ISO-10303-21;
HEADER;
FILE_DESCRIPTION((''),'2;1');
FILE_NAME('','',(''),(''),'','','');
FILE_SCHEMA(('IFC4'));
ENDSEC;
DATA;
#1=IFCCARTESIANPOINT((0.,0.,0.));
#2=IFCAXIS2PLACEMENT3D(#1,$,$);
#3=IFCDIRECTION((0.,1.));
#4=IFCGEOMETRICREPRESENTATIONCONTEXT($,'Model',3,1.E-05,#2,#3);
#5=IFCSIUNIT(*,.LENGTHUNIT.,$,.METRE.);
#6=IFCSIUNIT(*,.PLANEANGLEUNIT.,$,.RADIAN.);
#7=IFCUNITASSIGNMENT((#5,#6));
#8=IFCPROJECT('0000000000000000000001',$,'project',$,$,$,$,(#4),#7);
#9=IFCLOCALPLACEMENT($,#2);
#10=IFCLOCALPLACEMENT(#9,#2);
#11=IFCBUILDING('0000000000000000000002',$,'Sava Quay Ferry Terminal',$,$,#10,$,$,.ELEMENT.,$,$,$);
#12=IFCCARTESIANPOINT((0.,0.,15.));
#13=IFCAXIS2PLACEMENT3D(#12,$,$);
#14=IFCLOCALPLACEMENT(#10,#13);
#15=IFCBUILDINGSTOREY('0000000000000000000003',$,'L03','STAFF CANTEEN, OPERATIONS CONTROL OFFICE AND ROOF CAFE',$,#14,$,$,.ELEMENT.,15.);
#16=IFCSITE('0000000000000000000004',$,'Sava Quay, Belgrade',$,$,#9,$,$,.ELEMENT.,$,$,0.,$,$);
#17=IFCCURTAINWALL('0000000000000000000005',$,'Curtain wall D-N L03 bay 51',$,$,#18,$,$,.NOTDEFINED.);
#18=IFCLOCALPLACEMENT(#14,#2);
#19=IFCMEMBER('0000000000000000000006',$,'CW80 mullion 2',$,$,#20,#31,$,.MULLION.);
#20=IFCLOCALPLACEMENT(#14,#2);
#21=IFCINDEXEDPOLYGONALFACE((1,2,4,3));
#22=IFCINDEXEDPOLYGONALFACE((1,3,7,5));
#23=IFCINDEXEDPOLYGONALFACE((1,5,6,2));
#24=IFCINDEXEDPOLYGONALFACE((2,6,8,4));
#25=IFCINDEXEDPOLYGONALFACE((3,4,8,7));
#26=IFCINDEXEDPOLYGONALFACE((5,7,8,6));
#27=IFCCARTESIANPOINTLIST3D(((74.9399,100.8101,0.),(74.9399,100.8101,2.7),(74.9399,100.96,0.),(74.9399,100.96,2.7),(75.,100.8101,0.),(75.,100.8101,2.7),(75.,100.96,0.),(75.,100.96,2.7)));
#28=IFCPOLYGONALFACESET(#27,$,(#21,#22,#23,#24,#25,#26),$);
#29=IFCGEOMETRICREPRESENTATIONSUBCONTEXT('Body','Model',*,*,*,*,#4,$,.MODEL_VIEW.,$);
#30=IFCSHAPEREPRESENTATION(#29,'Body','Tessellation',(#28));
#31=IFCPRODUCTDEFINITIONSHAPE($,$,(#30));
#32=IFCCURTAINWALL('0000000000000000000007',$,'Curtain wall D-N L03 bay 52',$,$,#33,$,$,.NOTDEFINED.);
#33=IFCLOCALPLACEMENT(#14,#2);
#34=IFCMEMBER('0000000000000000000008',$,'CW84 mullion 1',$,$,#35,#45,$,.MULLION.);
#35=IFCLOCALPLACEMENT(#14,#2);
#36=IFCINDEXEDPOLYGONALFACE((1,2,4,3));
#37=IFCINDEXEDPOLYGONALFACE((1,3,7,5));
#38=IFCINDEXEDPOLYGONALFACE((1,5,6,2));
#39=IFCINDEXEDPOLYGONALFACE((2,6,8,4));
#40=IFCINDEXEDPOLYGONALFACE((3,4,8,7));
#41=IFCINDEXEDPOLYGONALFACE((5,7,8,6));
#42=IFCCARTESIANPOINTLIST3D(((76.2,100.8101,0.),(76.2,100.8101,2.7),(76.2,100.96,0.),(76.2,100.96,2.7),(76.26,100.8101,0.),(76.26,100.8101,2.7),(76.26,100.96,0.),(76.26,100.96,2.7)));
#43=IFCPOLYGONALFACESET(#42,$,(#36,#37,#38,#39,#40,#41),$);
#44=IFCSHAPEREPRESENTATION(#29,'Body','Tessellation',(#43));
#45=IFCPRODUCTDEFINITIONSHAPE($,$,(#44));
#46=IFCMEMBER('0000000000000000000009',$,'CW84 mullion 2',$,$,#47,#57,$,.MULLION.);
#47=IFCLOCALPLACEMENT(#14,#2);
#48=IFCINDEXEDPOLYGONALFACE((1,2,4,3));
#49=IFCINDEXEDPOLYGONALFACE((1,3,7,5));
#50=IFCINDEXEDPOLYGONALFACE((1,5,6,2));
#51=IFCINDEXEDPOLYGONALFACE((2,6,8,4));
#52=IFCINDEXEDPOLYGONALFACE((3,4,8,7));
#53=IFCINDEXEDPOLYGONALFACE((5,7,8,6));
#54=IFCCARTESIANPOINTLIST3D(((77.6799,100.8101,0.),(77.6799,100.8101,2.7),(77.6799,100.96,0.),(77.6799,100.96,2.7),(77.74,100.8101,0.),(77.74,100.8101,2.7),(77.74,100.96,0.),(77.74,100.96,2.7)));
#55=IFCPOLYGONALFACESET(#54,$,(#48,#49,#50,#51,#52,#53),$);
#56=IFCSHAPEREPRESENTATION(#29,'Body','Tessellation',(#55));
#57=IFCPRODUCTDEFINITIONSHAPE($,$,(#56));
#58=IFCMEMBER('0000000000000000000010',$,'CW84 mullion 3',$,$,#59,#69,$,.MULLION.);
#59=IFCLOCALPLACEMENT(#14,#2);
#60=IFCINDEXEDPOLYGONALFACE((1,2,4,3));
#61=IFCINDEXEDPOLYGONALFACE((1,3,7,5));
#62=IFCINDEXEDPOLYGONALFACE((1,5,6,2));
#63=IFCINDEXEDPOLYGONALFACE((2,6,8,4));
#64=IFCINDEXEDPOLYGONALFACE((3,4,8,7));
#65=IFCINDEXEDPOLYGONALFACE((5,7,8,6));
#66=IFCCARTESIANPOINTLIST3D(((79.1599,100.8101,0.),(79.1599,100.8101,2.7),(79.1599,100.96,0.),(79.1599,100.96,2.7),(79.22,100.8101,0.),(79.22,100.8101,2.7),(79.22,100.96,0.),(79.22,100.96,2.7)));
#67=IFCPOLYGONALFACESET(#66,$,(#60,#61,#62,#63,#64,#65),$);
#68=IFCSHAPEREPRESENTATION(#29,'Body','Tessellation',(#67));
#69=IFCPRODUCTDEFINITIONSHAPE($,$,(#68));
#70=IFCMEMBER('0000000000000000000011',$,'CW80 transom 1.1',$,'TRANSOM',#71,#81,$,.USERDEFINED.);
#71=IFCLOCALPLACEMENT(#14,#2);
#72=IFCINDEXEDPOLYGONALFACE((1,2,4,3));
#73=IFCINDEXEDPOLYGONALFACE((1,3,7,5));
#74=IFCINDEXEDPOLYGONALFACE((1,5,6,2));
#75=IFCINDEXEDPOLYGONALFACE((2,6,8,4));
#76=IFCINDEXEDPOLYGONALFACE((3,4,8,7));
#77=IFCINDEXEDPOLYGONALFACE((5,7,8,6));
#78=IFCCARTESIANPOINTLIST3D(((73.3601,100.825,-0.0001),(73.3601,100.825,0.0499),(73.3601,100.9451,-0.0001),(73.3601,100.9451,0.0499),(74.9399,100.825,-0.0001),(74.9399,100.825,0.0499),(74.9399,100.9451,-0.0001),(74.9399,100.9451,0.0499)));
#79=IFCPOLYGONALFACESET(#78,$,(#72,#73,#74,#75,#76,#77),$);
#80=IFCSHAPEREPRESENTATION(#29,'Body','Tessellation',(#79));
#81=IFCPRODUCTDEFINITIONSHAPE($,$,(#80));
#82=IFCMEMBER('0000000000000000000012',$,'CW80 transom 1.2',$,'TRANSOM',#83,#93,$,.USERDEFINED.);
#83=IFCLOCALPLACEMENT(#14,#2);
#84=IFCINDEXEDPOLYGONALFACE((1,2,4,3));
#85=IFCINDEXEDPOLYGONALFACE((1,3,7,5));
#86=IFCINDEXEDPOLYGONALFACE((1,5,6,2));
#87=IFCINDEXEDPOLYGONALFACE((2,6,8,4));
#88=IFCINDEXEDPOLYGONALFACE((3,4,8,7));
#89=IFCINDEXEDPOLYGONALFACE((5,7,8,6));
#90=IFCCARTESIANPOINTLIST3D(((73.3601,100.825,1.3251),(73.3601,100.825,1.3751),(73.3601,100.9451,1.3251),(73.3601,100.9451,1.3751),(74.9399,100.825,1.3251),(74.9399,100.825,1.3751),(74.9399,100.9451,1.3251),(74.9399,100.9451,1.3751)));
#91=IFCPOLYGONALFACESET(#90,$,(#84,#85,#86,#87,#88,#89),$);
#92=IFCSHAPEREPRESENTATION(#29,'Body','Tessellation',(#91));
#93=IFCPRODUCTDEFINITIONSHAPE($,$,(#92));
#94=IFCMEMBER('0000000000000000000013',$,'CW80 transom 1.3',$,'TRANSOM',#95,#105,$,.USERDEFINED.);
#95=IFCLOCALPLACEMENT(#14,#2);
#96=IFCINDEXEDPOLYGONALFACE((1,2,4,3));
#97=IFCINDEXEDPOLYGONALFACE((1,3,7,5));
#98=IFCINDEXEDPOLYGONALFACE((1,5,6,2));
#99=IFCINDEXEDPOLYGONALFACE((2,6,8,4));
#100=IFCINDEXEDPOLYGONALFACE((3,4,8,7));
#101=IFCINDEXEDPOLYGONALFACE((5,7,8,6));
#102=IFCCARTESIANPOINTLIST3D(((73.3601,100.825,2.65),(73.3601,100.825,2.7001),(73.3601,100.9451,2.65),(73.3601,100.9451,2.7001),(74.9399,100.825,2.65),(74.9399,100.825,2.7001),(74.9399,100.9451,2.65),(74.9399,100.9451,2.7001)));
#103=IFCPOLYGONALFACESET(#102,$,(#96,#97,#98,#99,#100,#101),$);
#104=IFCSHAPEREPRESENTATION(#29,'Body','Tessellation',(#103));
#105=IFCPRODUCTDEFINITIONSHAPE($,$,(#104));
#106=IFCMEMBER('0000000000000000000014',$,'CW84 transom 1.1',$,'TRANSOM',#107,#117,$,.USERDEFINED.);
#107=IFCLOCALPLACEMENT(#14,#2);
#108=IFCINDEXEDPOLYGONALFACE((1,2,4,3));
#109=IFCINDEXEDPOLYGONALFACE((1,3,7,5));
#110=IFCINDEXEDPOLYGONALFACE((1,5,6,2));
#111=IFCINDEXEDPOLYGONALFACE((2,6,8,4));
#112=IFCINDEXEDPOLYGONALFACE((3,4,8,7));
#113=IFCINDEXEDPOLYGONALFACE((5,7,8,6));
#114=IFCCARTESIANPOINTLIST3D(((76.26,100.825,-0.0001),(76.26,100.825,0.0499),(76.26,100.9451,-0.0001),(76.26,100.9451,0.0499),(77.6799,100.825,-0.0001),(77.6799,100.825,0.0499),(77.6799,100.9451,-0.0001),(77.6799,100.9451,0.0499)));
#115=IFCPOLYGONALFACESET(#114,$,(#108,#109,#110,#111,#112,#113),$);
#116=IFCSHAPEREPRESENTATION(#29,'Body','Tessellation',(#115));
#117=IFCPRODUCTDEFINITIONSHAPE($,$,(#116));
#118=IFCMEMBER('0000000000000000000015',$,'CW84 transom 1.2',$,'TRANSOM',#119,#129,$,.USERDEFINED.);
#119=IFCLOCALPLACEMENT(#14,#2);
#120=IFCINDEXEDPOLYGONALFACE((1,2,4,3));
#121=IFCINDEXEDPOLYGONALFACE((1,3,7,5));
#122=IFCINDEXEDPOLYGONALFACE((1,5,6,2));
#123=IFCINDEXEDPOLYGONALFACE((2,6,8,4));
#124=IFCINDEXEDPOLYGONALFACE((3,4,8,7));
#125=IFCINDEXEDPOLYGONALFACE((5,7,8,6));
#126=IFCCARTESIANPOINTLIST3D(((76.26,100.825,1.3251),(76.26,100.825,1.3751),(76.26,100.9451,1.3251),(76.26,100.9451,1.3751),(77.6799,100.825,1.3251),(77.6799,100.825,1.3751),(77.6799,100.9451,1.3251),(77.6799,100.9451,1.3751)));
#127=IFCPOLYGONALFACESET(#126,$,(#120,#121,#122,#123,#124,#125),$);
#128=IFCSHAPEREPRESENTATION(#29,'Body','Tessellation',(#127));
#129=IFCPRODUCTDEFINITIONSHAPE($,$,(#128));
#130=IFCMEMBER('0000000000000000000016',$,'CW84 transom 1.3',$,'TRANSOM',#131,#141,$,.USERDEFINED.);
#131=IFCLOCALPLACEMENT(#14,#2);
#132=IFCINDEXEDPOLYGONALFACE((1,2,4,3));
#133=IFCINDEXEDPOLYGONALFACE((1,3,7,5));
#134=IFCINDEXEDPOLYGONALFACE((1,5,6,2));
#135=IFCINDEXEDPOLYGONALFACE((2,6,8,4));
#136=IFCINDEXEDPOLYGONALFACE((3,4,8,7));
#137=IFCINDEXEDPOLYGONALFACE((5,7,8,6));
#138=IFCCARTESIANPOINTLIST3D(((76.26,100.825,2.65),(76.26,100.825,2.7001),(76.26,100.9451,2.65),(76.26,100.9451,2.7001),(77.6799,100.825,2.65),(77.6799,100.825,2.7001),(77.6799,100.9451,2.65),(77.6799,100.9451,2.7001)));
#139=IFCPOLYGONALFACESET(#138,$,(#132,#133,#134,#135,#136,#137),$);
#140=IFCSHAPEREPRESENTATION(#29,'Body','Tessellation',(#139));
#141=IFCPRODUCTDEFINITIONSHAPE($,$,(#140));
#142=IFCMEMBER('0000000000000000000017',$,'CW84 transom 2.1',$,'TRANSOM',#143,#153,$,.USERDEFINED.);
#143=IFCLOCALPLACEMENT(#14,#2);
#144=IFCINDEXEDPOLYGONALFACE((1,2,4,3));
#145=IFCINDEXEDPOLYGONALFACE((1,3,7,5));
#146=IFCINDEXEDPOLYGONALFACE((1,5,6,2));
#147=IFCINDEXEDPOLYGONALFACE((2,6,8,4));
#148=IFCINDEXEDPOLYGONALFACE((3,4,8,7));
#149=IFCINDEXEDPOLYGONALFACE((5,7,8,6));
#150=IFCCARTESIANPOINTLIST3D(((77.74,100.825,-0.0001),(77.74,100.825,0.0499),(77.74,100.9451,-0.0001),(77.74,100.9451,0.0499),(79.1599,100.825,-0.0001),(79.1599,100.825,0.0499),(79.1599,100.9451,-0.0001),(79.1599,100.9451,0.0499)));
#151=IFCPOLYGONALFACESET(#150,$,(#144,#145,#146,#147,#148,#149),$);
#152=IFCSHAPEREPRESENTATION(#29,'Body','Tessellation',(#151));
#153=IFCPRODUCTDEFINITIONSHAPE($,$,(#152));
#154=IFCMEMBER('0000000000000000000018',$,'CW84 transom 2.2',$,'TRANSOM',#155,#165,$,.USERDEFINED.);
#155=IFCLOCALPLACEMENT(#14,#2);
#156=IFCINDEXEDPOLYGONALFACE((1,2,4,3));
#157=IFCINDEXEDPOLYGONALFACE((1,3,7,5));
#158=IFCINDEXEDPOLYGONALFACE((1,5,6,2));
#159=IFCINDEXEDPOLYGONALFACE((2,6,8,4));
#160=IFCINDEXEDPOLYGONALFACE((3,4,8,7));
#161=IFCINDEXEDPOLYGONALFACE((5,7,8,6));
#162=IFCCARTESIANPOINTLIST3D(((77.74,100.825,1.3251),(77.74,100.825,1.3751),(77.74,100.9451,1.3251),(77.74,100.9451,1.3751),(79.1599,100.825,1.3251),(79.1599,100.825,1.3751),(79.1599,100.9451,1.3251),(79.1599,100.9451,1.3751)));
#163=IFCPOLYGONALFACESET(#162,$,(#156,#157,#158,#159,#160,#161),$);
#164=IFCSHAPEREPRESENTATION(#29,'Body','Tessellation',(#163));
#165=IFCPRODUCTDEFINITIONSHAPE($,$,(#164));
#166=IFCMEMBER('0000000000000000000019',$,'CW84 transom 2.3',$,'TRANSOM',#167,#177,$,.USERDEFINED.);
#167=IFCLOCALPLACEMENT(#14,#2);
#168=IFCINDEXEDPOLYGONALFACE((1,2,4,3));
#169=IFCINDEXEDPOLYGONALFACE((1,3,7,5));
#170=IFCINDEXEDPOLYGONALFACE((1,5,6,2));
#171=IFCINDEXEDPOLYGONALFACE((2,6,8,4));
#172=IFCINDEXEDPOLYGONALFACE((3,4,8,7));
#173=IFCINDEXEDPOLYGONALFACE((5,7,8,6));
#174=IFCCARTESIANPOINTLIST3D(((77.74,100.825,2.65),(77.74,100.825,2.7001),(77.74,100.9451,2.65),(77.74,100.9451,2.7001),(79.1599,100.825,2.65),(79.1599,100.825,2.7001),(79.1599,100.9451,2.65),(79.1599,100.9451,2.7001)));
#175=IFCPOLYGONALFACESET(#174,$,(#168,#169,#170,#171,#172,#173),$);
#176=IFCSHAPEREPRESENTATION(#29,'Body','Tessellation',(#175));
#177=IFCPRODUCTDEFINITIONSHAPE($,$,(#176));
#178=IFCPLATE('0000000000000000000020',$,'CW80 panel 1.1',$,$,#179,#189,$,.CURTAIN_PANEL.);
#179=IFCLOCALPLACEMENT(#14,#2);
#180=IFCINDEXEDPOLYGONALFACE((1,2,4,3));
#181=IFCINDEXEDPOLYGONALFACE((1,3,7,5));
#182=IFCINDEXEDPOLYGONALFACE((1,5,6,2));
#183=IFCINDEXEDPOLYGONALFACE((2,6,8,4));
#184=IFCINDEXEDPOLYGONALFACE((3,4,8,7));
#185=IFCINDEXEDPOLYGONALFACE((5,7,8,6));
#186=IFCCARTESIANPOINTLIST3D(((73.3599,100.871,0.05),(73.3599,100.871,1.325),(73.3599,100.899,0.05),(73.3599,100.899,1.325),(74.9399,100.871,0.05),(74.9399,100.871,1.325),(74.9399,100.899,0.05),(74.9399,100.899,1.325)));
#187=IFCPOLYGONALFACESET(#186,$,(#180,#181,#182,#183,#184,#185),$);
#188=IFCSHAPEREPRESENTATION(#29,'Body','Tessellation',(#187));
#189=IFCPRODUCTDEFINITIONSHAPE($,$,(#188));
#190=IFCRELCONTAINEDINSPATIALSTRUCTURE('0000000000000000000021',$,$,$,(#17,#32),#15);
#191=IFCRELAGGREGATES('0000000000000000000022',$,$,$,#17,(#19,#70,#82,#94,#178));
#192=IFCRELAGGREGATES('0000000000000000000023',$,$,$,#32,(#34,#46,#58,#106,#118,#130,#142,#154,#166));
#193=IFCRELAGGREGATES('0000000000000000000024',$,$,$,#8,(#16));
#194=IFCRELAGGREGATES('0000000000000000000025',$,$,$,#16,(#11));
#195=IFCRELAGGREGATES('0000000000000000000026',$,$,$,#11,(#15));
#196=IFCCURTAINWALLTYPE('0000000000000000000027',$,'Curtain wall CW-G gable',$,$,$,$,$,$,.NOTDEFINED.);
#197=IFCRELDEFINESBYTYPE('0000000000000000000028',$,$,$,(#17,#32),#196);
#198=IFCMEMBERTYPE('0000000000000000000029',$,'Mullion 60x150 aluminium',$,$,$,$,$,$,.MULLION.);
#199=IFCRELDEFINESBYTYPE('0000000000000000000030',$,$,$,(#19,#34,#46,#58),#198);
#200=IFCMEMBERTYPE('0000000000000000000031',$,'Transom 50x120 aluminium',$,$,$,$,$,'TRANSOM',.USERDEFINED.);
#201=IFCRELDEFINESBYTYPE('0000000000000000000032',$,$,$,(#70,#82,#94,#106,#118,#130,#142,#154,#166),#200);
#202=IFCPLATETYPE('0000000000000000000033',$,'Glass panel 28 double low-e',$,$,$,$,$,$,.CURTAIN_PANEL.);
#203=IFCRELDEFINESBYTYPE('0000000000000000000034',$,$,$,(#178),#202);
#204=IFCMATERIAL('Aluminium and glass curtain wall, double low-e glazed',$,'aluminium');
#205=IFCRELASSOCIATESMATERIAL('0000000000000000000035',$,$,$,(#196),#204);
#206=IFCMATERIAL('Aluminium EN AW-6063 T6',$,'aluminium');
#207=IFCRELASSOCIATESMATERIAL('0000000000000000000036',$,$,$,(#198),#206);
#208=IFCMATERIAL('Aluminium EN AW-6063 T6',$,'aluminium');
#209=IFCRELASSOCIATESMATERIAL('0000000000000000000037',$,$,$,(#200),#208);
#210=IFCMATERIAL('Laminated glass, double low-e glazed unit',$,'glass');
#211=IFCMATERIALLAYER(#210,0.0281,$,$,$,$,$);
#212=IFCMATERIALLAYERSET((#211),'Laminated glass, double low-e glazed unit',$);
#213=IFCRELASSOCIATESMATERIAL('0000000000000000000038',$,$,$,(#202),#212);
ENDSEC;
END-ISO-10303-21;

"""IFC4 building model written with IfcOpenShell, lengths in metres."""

from ifc_helpers import new_model, si_unit, direction, frame, origin, origin_2d, place, context, subcontext, project, spatial, rectangle, extrude, material, layer, layer_set, material_profile, profile_set, type_object, element, aggregate, save


model = new_model("IFC4")

# Units and contexts
model_context = context("Model", 3, precision=1e-05, world=origin(), true_north=direction((0.0, 1.0)))
body_context = subcontext(model_context, "Body", "Model", "MODEL_VIEW")
ifc_project = project(units=[si_unit("LENGTHUNIT", "METRE"), si_unit("PLANEANGLEUNIT", "RADIAN")], contexts=[model_context])

# Site, building, storey
site_placement = place(None, origin())
site = spatial("IfcSite", under=ifc_project, at=site_placement, Name="Sava Quay, Belgrade", CompositionType="ELEMENT", RefElevation=0.0)
building_placement = place(site_placement, origin())
building = spatial("IfcBuilding", under=site, at=building_placement, Name="Sava Quay Ferry Terminal", CompositionType="ELEMENT")
storey_placement = place(building_placement, frame((0.0, 0.0, 15.0)))
storey = spatial("IfcBuildingStorey", under=building, at=storey_placement, Name="L03", Description="STAFF CANTEEN, OPERATIONS CONTROL OFFICE AND ROOF CAFE", CompositionType="ELEMENT", Elevation=15.0)

# Curtain walls, members
ifc_material_1 = material(Name="Aluminium and glass curtain wall, double low-e glazed", Category="aluminium")
curtain_wall_type = type_object("IfcCurtainWallType", Name="Curtain wall CW-G gable", PredefinedType="NOTDEFINED", material=ifc_material_1)
curtain_wall_1_placement = place(storey_placement, origin())
curtain_wall_1 = element("IfcCurtainWall", 1, at=curtain_wall_1_placement, inside=storey, type_object=curtain_wall_type, Name="Curtain wall D-N L03 bay 51", PredefinedType="NOTDEFINED")
ifc_material_2 = material(Name="Aluminium EN AW-6063 T6", Category="aluminium")
ifc_material_profile_1 = material_profile(ifc_material_2, rectangle(XDim=0.1499, YDim=0.0601, at=origin_2d()), Name="Mullion 60x150 aluminium")
ifc_profile_set_1 = profile_set([ifc_material_profile_1], Name="Aluminium EN AW-6063 T6")
member_type_1 = type_object("IfcMemberType", Name="Mullion 60x150 aluminium", PredefinedType="MULLION", material=ifc_profile_set_1)
member_1_placement = place(storey_placement, frame((74.97, 100.885, 0.0), z_axis=(0.0, 0.0, 1.0), x_axis=(0.0, 1.0, 0.0)))
member_1 = element("IfcMember", 2, at=member_1_placement, type_object=member_type_1, Name="CW80 mullion 2", PredefinedType="MULLION", context=body_context, shape_type="SweptSolid", body=[
    extrude(rectangle(XDim=0.1499, YDim=0.0601, at=origin_2d()), origin(), (0.0, 0.0, 1.0), 2.7),
])
curtain_wall_2_placement = place(storey_placement, origin())
curtain_wall_2 = element("IfcCurtainWall", 3, at=curtain_wall_2_placement, inside=storey, type_object=curtain_wall_type, Name="Curtain wall D-N L03 bay 52", PredefinedType="NOTDEFINED")
member_2_placement = place(storey_placement, frame((76.23, 100.885, 0.0), z_axis=(0.0, 0.0, 1.0), x_axis=(0.0, 1.0, 0.0)))
member_2 = element("IfcMember", 4, at=member_2_placement, type_object=member_type_1, Name="CW84 mullion 1", PredefinedType="MULLION", context=body_context, shape_type="SweptSolid", body=[
    extrude(rectangle(XDim=0.1499, YDim=0.0601, at=origin_2d()), origin(), (0.0, 0.0, 1.0), 2.7),
])
member_3_placement = place(storey_placement, frame((77.71, 100.885, 0.0), z_axis=(0.0, 0.0, 1.0), x_axis=(0.0, 1.0, 0.0)))
member_3 = element("IfcMember", 5, at=member_3_placement, type_object=member_type_1, Name="CW84 mullion 2", PredefinedType="MULLION", context=body_context, shape_type="SweptSolid", body=[
    extrude(rectangle(XDim=0.1499, YDim=0.0601, at=origin_2d()), origin(), (0.0, 0.0, 1.0), 2.7),
])
member_4_placement = place(storey_placement, frame((79.1899, 100.885, 0.0), z_axis=(0.0, 0.0, 1.0), x_axis=(0.0, 1.0, 0.0)))
member_4 = element("IfcMember", 6, at=member_4_placement, type_object=member_type_1, Name="CW84 mullion 3", PredefinedType="MULLION", context=body_context, shape_type="SweptSolid", body=[
    extrude(rectangle(XDim=0.1499, YDim=0.0601, at=origin_2d()), origin(), (0.0, 0.0, 1.0), 2.7),
])

# Members
ifc_material_3 = material(Name="Aluminium EN AW-6063 T6", Category="aluminium")
ifc_material_profile_2 = material_profile(ifc_material_3, rectangle(XDim=0.1201, YDim=0.05, at=origin_2d()), Name="Transom 50x120 aluminium")
ifc_profile_set_2 = profile_set([ifc_material_profile_2], Name="Aluminium EN AW-6063 T6")
member_type_2 = type_object("IfcMemberType", Name="Transom 50x120 aluminium", ElementType="TRANSOM", PredefinedType="USERDEFINED", material=ifc_profile_set_2)
member_5_placement = place(storey_placement, frame((73.3601, 100.885, 0.0249), z_axis=(1.0, 0.0, 0.0), x_axis=(0.0, 1.0, 0.0)))
member_5 = element("IfcMember", 7, at=member_5_placement, type_object=member_type_2, Name="CW80 transom 1.1", ObjectType="TRANSOM", PredefinedType="USERDEFINED", context=body_context, shape_type="SweptSolid", body=[
    extrude(rectangle(XDim=0.1201, YDim=0.05, at=origin_2d()), origin(), (0.0, 0.0, 1.0), 1.5798),
])
member_6_placement = place(storey_placement, frame((73.3601, 100.885, 1.3501), z_axis=(1.0, 0.0, 0.0), x_axis=(0.0, 1.0, 0.0)))
member_6 = element("IfcMember", 8, at=member_6_placement, type_object=member_type_2, Name="CW80 transom 1.2", ObjectType="TRANSOM", PredefinedType="USERDEFINED", context=body_context, shape_type="SweptSolid", body=[
    extrude(rectangle(XDim=0.1201, YDim=0.05, at=origin_2d()), origin(), (0.0, 0.0, 1.0), 1.5798),
])
member_7_placement = place(storey_placement, frame((73.3601, 100.885, 2.675), z_axis=(1.0, 0.0, 0.0), x_axis=(0.0, 1.0, 0.0)))
member_7 = element("IfcMember", 9, at=member_7_placement, type_object=member_type_2, Name="CW80 transom 1.3", ObjectType="TRANSOM", PredefinedType="USERDEFINED", context=body_context, shape_type="SweptSolid", body=[
    extrude(rectangle(XDim=0.1201, YDim=0.05, at=origin_2d()), origin(), (0.0, 0.0, 1.0), 1.5798),
])
member_8_placement = place(storey_placement, frame((76.26, 100.885, 0.0249), z_axis=(1.0, 0.0, 0.0), x_axis=(0.0, 1.0, 0.0)))
member_8 = element("IfcMember", 10, at=member_8_placement, type_object=member_type_2, Name="CW84 transom 1.1", ObjectType="TRANSOM", PredefinedType="USERDEFINED", context=body_context, shape_type="SweptSolid", body=[
    extrude(rectangle(XDim=0.1201, YDim=0.05, at=origin_2d()), origin(), (0.0, 0.0, 1.0), 1.4199),
])
member_9_placement = place(storey_placement, frame((76.26, 100.885, 1.3501), z_axis=(1.0, 0.0, 0.0), x_axis=(0.0, 1.0, 0.0)))
member_9 = element("IfcMember", 11, at=member_9_placement, type_object=member_type_2, Name="CW84 transom 1.2", ObjectType="TRANSOM", PredefinedType="USERDEFINED", context=body_context, shape_type="SweptSolid", body=[
    extrude(rectangle(XDim=0.1201, YDim=0.05, at=origin_2d()), origin(), (0.0, 0.0, 1.0), 1.4199),
])
member_10_placement = place(storey_placement, frame((76.26, 100.885, 2.675), z_axis=(1.0, 0.0, 0.0), x_axis=(0.0, 1.0, 0.0)))
member_10 = element("IfcMember", 12, at=member_10_placement, type_object=member_type_2, Name="CW84 transom 1.3", ObjectType="TRANSOM", PredefinedType="USERDEFINED", context=body_context, shape_type="SweptSolid", body=[
    extrude(rectangle(XDim=0.1201, YDim=0.05, at=origin_2d()), origin(), (0.0, 0.0, 1.0), 1.4199),
])
member_11_placement = place(storey_placement, frame((77.74, 100.885, 0.0249), z_axis=(1.0, 0.0, 0.0), x_axis=(0.0, 1.0, 0.0)))
member_11 = element("IfcMember", 13, at=member_11_placement, type_object=member_type_2, Name="CW84 transom 2.1", ObjectType="TRANSOM", PredefinedType="USERDEFINED", context=body_context, shape_type="SweptSolid", body=[
    extrude(rectangle(XDim=0.1201, YDim=0.05, at=origin_2d()), origin(), (0.0, 0.0, 1.0), 1.4199),
])
member_12_placement = place(storey_placement, frame((77.74, 100.885, 1.3501), z_axis=(1.0, 0.0, 0.0), x_axis=(0.0, 1.0, 0.0)))
member_12 = element("IfcMember", 14, at=member_12_placement, type_object=member_type_2, Name="CW84 transom 2.2", ObjectType="TRANSOM", PredefinedType="USERDEFINED", context=body_context, shape_type="SweptSolid", body=[
    extrude(rectangle(XDim=0.1201, YDim=0.05, at=origin_2d()), origin(), (0.0, 0.0, 1.0), 1.4199),
])
member_13_placement = place(storey_placement, frame((77.74, 100.885, 2.675), z_axis=(1.0, 0.0, 0.0), x_axis=(0.0, 1.0, 0.0)))
member_13 = element("IfcMember", 15, at=member_13_placement, type_object=member_type_2, Name="CW84 transom 2.3", ObjectType="TRANSOM", PredefinedType="USERDEFINED", context=body_context, shape_type="SweptSolid", body=[
    extrude(rectangle(XDim=0.1201, YDim=0.05, at=origin_2d()), origin(), (0.0, 0.0, 1.0), 1.4199),
])

# Plate
ifc_material_4 = material(Name="Laminated glass, double low-e glazed unit", Category="glass")
ifc_layer_1 = layer(ifc_material_4, 0.0281)
ifc_layer_set_1 = layer_set([ifc_layer_1], Name="Laminated glass, double low-e glazed unit")
plate_type = type_object("IfcPlateType", Name="Glass panel 28 double low-e", PredefinedType="CURTAIN_PANEL", material=ifc_layer_set_1)
plate_1_placement = place(storey_placement, frame((74.1499, 100.885, 0.05), z_axis=(0.0, 0.0, 1.0), x_axis=(1.0, 0.0, 0.0)))
plate_1 = element("IfcPlate", 16, at=plate_1_placement, type_object=plate_type, Name="CW80 panel 1.1", PredefinedType="CURTAIN_PANEL", context=body_context, shape_type="SweptSolid", body=[
    extrude(rectangle(XDim=1.5801, YDim=0.0281, at=origin_2d()), origin(), (0.0, 0.0, 1.0), 1.2749),
])
aggregate(curtain_wall_1, [member_1, member_5, member_6, member_7, plate_1])
aggregate(curtain_wall_2, [member_2, member_3, member_4, member_8, member_9, member_10, member_11, member_12, member_13])

save(model, "model.ifc")
